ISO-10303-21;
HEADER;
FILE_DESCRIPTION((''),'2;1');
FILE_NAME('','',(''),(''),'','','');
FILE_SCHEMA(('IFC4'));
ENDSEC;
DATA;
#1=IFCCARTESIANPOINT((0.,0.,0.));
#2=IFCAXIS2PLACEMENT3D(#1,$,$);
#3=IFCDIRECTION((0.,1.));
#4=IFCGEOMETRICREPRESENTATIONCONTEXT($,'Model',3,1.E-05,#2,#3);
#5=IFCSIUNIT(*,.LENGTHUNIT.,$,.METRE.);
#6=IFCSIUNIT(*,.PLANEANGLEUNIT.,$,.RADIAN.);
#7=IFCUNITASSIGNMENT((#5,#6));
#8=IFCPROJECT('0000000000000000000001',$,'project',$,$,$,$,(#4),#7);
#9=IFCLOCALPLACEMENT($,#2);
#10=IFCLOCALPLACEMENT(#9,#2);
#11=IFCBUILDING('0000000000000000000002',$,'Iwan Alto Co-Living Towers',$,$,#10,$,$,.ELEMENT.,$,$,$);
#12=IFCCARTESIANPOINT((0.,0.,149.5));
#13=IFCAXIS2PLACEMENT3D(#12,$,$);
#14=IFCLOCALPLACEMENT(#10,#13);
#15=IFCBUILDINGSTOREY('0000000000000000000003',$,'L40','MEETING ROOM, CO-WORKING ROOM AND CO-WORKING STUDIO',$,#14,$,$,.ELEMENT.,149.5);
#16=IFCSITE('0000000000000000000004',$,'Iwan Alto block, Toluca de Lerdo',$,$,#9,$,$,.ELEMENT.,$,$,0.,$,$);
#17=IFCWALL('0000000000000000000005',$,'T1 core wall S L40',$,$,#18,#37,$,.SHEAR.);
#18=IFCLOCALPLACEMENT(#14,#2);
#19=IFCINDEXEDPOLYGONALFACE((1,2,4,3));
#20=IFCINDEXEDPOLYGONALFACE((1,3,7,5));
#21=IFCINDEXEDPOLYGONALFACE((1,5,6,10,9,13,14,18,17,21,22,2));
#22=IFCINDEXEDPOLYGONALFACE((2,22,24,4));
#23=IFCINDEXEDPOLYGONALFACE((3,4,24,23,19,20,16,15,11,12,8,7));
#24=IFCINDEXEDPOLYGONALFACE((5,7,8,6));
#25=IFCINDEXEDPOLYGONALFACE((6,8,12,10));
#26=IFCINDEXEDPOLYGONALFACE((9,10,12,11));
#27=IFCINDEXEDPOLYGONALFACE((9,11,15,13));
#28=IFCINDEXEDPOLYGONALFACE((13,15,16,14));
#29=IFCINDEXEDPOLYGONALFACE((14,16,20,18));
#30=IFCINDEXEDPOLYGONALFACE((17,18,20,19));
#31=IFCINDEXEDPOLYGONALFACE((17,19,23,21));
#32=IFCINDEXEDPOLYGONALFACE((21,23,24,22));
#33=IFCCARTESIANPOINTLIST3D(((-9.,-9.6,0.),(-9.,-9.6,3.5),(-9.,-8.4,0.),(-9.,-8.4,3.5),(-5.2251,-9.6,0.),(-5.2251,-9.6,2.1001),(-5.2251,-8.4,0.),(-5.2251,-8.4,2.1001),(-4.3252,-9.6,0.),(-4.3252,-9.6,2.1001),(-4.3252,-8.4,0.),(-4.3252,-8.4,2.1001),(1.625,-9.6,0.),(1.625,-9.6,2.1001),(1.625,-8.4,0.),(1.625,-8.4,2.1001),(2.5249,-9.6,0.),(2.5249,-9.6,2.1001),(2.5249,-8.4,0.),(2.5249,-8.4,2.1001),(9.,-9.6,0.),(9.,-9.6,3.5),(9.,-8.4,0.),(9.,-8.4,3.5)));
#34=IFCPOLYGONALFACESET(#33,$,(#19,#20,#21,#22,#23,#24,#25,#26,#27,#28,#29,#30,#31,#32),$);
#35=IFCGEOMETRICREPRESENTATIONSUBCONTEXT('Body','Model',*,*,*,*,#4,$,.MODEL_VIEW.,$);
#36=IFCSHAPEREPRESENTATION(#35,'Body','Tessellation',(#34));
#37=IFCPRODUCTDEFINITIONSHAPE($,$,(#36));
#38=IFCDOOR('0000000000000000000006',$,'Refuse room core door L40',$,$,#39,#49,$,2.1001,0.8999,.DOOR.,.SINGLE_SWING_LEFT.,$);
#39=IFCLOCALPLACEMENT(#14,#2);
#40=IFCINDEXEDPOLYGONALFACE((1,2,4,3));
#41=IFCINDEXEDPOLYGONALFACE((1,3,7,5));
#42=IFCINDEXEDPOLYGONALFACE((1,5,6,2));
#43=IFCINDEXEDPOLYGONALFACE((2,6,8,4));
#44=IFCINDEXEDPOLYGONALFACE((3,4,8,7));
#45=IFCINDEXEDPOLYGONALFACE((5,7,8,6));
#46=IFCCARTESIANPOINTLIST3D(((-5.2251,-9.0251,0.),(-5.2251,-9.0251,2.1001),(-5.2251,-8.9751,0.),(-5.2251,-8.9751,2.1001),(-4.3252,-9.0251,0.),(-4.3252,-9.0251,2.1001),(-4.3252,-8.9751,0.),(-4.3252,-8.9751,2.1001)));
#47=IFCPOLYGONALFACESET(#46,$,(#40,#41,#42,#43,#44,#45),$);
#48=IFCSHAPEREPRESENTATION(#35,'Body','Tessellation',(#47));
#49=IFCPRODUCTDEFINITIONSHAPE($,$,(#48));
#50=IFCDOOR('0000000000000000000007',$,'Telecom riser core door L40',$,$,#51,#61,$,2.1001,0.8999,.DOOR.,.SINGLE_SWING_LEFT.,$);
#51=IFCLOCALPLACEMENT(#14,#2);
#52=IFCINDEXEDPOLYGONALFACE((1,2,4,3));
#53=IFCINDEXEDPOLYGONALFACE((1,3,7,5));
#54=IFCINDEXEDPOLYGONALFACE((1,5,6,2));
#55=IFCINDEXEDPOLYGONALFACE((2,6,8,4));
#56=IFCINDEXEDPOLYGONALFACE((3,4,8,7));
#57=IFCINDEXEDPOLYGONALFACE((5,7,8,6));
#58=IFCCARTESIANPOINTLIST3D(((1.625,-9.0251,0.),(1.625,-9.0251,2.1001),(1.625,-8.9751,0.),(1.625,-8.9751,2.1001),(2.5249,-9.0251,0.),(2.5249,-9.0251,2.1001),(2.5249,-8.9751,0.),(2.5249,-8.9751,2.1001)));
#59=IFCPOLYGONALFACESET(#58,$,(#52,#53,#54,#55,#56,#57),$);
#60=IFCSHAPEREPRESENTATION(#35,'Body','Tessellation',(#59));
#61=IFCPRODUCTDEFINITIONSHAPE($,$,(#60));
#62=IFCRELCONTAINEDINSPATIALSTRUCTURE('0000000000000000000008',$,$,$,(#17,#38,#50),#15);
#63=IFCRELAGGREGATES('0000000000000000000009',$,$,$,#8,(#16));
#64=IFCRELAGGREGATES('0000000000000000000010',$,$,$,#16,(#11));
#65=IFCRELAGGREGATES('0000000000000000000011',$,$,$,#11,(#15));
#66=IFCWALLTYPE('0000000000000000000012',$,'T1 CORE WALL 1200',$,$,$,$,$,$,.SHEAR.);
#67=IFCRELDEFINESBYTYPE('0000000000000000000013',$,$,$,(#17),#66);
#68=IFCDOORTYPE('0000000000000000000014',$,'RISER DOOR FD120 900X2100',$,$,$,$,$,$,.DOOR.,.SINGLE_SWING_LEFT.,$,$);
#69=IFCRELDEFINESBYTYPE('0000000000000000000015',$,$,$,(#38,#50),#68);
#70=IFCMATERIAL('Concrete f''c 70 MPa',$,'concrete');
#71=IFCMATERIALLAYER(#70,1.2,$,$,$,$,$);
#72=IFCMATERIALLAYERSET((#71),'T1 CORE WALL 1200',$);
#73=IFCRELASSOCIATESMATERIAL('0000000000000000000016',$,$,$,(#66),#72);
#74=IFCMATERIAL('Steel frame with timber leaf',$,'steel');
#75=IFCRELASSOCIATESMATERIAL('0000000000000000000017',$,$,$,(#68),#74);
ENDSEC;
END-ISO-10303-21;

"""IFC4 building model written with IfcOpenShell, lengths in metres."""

from ifc_helpers import new_model, si_unit, direction, frame, frame_2d, origin, place, context, subcontext, project, spatial, rectangle, extrude, material, layer, layer_set, type_object, element, fill, save


model = new_model("IFC4")

# Units and contexts
model_context = context("Model", 3, precision=1e-05, world=origin(), true_north=direction((0.0, 1.0)))
body_context = subcontext(model_context, "Body", "Model", "MODEL_VIEW")
ifc_project = project(units=[si_unit("LENGTHUNIT", "METRE"), si_unit("PLANEANGLEUNIT", "RADIAN")], contexts=[model_context])

# Site, building, storey
site_placement = place(None, origin())
site = spatial("IfcSite", under=ifc_project, at=site_placement, Name="Iwan Alto block, Toluca de Lerdo", CompositionType="ELEMENT", RefElevation=0.0)
building_placement = place(site_placement, origin())
building = spatial("IfcBuilding", under=site, at=building_placement, Name="Iwan Alto Co-Living Towers", CompositionType="ELEMENT")
storey_placement = place(building_placement, frame((0.0, 0.0, 149.5)))
storey = spatial("IfcBuildingStorey", under=building, at=storey_placement, Name="L40", Description="MEETING ROOM, CO-WORKING ROOM AND CO-WORKING STUDIO", CompositionType="ELEMENT", Elevation=149.5)

# Wall, openings, doors
ifc_material_1 = material(Name="Concrete f'c 70 MPa", Category="concrete")
ifc_layer_1 = layer(ifc_material_1, 1.2)
ifc_layer_set_1 = layer_set([ifc_layer_1], Name="T1 CORE WALL 1200")
wall_type_1 = type_object("IfcWallType", Name="T1 CORE WALL 1200", PredefinedType="SHEAR", material=ifc_layer_set_1)
wall_1_placement = place(storey_placement, frame((-9.0, -9.0, 0.0), z_axis=(0.0, 0.0, 1.0), x_axis=(1.0, 0.0, 0.0)))
wall_1 = element("IfcWall", 1, at=wall_1_placement, inside=storey, type_object=wall_type_1, Name="T1 core wall S L40", PredefinedType="SHEAR", context=body_context, shape_type="SweptSolid", body=[
    extrude(rectangle(XDim=18.0, YDim=1.2, at=frame_2d((9.0, 0.0))), origin(), (0.0, 0.0, 1.0), 3.5),
])
opening_1_placement = place(wall_1_placement, frame((3.7749, 0.0, 0.0)))
opening_1 = element("IfcOpeningElement", 2, at=opening_1_placement, cuts=wall_1, PredefinedType="OPENING", context=body_context, shape_type="SweptSolid", body=[
    extrude(rectangle(XDim=0.8999, YDim=2.1001, at=frame_2d((0.45, 1.05))), frame((0.0, 0.6099, 0.0), z_axis=(0.0, -1.0, 0.0), x_axis=(1.0, 0.0, 0.0)), (0.0, 0.0, 1.0), 1.22),
])
opening_2_placement = place(wall_1_placement, frame((10.625, 0.0, 0.0)))
opening_2 = element("IfcOpeningElement", 3, at=opening_2_placement, cuts=wall_1, PredefinedType="OPENING", context=body_context, shape_type="SweptSolid", body=[
    extrude(rectangle(XDim=0.8999, YDim=2.1001, at=frame_2d((0.45, 1.05))), frame((0.0, 0.6099, 0.0), z_axis=(0.0, -1.0, 0.0), x_axis=(1.0, 0.0, 0.0)), (0.0, 0.0, 1.0), 1.22),
])
ifc_material_2 = material(Name="Steel frame with timber leaf", Category="steel")
door_type_1 = type_object("IfcDoorType", Name="RISER DOOR FD120 900X2100", OperationType="SINGLE_SWING_LEFT", PredefinedType="DOOR", material=ifc_material_2)
door_1_placement = place(opening_1_placement, origin())
door_1 = element("IfcDoor", 4, at=door_1_placement, inside=storey, type_object=door_type_1, Name="Refuse room core door L40", OperationType="SINGLE_SWING_LEFT", OverallHeight=2.1001, OverallWidth=0.8999, PredefinedType="DOOR", context=body_context, shape_type="SweptSolid", body=[
    extrude(rectangle(XDim=0.8999, YDim=2.1001, at=frame_2d((0.45, 1.05))), frame((0.0, 0.0249, 0.0), z_axis=(0.0, -1.0, 0.0), x_axis=(1.0, 0.0, 0.0)), (0.0, 0.0, 1.0), 0.05),
])
fill(opening_1, door_1)
door_2_placement = place(opening_2_placement, origin())
door_2 = element("IfcDoor", 5, at=door_2_placement, inside=storey, type_object=door_type_1, Name="Telecom riser core door L40", OperationType="SINGLE_SWING_LEFT", OverallHeight=2.1001, OverallWidth=0.8999, PredefinedType="DOOR", context=body_context, shape_type="SweptSolid", body=[
    extrude(rectangle(XDim=0.8999, YDim=2.1001, at=frame_2d((0.45, 1.05))), frame((0.0, 0.0249, 0.0), z_axis=(0.0, -1.0, 0.0), x_axis=(1.0, 0.0, 0.0)), (0.0, 0.0, 1.0), 0.05),
])
fill(opening_2, door_2)

save(model, "model.ifc")
